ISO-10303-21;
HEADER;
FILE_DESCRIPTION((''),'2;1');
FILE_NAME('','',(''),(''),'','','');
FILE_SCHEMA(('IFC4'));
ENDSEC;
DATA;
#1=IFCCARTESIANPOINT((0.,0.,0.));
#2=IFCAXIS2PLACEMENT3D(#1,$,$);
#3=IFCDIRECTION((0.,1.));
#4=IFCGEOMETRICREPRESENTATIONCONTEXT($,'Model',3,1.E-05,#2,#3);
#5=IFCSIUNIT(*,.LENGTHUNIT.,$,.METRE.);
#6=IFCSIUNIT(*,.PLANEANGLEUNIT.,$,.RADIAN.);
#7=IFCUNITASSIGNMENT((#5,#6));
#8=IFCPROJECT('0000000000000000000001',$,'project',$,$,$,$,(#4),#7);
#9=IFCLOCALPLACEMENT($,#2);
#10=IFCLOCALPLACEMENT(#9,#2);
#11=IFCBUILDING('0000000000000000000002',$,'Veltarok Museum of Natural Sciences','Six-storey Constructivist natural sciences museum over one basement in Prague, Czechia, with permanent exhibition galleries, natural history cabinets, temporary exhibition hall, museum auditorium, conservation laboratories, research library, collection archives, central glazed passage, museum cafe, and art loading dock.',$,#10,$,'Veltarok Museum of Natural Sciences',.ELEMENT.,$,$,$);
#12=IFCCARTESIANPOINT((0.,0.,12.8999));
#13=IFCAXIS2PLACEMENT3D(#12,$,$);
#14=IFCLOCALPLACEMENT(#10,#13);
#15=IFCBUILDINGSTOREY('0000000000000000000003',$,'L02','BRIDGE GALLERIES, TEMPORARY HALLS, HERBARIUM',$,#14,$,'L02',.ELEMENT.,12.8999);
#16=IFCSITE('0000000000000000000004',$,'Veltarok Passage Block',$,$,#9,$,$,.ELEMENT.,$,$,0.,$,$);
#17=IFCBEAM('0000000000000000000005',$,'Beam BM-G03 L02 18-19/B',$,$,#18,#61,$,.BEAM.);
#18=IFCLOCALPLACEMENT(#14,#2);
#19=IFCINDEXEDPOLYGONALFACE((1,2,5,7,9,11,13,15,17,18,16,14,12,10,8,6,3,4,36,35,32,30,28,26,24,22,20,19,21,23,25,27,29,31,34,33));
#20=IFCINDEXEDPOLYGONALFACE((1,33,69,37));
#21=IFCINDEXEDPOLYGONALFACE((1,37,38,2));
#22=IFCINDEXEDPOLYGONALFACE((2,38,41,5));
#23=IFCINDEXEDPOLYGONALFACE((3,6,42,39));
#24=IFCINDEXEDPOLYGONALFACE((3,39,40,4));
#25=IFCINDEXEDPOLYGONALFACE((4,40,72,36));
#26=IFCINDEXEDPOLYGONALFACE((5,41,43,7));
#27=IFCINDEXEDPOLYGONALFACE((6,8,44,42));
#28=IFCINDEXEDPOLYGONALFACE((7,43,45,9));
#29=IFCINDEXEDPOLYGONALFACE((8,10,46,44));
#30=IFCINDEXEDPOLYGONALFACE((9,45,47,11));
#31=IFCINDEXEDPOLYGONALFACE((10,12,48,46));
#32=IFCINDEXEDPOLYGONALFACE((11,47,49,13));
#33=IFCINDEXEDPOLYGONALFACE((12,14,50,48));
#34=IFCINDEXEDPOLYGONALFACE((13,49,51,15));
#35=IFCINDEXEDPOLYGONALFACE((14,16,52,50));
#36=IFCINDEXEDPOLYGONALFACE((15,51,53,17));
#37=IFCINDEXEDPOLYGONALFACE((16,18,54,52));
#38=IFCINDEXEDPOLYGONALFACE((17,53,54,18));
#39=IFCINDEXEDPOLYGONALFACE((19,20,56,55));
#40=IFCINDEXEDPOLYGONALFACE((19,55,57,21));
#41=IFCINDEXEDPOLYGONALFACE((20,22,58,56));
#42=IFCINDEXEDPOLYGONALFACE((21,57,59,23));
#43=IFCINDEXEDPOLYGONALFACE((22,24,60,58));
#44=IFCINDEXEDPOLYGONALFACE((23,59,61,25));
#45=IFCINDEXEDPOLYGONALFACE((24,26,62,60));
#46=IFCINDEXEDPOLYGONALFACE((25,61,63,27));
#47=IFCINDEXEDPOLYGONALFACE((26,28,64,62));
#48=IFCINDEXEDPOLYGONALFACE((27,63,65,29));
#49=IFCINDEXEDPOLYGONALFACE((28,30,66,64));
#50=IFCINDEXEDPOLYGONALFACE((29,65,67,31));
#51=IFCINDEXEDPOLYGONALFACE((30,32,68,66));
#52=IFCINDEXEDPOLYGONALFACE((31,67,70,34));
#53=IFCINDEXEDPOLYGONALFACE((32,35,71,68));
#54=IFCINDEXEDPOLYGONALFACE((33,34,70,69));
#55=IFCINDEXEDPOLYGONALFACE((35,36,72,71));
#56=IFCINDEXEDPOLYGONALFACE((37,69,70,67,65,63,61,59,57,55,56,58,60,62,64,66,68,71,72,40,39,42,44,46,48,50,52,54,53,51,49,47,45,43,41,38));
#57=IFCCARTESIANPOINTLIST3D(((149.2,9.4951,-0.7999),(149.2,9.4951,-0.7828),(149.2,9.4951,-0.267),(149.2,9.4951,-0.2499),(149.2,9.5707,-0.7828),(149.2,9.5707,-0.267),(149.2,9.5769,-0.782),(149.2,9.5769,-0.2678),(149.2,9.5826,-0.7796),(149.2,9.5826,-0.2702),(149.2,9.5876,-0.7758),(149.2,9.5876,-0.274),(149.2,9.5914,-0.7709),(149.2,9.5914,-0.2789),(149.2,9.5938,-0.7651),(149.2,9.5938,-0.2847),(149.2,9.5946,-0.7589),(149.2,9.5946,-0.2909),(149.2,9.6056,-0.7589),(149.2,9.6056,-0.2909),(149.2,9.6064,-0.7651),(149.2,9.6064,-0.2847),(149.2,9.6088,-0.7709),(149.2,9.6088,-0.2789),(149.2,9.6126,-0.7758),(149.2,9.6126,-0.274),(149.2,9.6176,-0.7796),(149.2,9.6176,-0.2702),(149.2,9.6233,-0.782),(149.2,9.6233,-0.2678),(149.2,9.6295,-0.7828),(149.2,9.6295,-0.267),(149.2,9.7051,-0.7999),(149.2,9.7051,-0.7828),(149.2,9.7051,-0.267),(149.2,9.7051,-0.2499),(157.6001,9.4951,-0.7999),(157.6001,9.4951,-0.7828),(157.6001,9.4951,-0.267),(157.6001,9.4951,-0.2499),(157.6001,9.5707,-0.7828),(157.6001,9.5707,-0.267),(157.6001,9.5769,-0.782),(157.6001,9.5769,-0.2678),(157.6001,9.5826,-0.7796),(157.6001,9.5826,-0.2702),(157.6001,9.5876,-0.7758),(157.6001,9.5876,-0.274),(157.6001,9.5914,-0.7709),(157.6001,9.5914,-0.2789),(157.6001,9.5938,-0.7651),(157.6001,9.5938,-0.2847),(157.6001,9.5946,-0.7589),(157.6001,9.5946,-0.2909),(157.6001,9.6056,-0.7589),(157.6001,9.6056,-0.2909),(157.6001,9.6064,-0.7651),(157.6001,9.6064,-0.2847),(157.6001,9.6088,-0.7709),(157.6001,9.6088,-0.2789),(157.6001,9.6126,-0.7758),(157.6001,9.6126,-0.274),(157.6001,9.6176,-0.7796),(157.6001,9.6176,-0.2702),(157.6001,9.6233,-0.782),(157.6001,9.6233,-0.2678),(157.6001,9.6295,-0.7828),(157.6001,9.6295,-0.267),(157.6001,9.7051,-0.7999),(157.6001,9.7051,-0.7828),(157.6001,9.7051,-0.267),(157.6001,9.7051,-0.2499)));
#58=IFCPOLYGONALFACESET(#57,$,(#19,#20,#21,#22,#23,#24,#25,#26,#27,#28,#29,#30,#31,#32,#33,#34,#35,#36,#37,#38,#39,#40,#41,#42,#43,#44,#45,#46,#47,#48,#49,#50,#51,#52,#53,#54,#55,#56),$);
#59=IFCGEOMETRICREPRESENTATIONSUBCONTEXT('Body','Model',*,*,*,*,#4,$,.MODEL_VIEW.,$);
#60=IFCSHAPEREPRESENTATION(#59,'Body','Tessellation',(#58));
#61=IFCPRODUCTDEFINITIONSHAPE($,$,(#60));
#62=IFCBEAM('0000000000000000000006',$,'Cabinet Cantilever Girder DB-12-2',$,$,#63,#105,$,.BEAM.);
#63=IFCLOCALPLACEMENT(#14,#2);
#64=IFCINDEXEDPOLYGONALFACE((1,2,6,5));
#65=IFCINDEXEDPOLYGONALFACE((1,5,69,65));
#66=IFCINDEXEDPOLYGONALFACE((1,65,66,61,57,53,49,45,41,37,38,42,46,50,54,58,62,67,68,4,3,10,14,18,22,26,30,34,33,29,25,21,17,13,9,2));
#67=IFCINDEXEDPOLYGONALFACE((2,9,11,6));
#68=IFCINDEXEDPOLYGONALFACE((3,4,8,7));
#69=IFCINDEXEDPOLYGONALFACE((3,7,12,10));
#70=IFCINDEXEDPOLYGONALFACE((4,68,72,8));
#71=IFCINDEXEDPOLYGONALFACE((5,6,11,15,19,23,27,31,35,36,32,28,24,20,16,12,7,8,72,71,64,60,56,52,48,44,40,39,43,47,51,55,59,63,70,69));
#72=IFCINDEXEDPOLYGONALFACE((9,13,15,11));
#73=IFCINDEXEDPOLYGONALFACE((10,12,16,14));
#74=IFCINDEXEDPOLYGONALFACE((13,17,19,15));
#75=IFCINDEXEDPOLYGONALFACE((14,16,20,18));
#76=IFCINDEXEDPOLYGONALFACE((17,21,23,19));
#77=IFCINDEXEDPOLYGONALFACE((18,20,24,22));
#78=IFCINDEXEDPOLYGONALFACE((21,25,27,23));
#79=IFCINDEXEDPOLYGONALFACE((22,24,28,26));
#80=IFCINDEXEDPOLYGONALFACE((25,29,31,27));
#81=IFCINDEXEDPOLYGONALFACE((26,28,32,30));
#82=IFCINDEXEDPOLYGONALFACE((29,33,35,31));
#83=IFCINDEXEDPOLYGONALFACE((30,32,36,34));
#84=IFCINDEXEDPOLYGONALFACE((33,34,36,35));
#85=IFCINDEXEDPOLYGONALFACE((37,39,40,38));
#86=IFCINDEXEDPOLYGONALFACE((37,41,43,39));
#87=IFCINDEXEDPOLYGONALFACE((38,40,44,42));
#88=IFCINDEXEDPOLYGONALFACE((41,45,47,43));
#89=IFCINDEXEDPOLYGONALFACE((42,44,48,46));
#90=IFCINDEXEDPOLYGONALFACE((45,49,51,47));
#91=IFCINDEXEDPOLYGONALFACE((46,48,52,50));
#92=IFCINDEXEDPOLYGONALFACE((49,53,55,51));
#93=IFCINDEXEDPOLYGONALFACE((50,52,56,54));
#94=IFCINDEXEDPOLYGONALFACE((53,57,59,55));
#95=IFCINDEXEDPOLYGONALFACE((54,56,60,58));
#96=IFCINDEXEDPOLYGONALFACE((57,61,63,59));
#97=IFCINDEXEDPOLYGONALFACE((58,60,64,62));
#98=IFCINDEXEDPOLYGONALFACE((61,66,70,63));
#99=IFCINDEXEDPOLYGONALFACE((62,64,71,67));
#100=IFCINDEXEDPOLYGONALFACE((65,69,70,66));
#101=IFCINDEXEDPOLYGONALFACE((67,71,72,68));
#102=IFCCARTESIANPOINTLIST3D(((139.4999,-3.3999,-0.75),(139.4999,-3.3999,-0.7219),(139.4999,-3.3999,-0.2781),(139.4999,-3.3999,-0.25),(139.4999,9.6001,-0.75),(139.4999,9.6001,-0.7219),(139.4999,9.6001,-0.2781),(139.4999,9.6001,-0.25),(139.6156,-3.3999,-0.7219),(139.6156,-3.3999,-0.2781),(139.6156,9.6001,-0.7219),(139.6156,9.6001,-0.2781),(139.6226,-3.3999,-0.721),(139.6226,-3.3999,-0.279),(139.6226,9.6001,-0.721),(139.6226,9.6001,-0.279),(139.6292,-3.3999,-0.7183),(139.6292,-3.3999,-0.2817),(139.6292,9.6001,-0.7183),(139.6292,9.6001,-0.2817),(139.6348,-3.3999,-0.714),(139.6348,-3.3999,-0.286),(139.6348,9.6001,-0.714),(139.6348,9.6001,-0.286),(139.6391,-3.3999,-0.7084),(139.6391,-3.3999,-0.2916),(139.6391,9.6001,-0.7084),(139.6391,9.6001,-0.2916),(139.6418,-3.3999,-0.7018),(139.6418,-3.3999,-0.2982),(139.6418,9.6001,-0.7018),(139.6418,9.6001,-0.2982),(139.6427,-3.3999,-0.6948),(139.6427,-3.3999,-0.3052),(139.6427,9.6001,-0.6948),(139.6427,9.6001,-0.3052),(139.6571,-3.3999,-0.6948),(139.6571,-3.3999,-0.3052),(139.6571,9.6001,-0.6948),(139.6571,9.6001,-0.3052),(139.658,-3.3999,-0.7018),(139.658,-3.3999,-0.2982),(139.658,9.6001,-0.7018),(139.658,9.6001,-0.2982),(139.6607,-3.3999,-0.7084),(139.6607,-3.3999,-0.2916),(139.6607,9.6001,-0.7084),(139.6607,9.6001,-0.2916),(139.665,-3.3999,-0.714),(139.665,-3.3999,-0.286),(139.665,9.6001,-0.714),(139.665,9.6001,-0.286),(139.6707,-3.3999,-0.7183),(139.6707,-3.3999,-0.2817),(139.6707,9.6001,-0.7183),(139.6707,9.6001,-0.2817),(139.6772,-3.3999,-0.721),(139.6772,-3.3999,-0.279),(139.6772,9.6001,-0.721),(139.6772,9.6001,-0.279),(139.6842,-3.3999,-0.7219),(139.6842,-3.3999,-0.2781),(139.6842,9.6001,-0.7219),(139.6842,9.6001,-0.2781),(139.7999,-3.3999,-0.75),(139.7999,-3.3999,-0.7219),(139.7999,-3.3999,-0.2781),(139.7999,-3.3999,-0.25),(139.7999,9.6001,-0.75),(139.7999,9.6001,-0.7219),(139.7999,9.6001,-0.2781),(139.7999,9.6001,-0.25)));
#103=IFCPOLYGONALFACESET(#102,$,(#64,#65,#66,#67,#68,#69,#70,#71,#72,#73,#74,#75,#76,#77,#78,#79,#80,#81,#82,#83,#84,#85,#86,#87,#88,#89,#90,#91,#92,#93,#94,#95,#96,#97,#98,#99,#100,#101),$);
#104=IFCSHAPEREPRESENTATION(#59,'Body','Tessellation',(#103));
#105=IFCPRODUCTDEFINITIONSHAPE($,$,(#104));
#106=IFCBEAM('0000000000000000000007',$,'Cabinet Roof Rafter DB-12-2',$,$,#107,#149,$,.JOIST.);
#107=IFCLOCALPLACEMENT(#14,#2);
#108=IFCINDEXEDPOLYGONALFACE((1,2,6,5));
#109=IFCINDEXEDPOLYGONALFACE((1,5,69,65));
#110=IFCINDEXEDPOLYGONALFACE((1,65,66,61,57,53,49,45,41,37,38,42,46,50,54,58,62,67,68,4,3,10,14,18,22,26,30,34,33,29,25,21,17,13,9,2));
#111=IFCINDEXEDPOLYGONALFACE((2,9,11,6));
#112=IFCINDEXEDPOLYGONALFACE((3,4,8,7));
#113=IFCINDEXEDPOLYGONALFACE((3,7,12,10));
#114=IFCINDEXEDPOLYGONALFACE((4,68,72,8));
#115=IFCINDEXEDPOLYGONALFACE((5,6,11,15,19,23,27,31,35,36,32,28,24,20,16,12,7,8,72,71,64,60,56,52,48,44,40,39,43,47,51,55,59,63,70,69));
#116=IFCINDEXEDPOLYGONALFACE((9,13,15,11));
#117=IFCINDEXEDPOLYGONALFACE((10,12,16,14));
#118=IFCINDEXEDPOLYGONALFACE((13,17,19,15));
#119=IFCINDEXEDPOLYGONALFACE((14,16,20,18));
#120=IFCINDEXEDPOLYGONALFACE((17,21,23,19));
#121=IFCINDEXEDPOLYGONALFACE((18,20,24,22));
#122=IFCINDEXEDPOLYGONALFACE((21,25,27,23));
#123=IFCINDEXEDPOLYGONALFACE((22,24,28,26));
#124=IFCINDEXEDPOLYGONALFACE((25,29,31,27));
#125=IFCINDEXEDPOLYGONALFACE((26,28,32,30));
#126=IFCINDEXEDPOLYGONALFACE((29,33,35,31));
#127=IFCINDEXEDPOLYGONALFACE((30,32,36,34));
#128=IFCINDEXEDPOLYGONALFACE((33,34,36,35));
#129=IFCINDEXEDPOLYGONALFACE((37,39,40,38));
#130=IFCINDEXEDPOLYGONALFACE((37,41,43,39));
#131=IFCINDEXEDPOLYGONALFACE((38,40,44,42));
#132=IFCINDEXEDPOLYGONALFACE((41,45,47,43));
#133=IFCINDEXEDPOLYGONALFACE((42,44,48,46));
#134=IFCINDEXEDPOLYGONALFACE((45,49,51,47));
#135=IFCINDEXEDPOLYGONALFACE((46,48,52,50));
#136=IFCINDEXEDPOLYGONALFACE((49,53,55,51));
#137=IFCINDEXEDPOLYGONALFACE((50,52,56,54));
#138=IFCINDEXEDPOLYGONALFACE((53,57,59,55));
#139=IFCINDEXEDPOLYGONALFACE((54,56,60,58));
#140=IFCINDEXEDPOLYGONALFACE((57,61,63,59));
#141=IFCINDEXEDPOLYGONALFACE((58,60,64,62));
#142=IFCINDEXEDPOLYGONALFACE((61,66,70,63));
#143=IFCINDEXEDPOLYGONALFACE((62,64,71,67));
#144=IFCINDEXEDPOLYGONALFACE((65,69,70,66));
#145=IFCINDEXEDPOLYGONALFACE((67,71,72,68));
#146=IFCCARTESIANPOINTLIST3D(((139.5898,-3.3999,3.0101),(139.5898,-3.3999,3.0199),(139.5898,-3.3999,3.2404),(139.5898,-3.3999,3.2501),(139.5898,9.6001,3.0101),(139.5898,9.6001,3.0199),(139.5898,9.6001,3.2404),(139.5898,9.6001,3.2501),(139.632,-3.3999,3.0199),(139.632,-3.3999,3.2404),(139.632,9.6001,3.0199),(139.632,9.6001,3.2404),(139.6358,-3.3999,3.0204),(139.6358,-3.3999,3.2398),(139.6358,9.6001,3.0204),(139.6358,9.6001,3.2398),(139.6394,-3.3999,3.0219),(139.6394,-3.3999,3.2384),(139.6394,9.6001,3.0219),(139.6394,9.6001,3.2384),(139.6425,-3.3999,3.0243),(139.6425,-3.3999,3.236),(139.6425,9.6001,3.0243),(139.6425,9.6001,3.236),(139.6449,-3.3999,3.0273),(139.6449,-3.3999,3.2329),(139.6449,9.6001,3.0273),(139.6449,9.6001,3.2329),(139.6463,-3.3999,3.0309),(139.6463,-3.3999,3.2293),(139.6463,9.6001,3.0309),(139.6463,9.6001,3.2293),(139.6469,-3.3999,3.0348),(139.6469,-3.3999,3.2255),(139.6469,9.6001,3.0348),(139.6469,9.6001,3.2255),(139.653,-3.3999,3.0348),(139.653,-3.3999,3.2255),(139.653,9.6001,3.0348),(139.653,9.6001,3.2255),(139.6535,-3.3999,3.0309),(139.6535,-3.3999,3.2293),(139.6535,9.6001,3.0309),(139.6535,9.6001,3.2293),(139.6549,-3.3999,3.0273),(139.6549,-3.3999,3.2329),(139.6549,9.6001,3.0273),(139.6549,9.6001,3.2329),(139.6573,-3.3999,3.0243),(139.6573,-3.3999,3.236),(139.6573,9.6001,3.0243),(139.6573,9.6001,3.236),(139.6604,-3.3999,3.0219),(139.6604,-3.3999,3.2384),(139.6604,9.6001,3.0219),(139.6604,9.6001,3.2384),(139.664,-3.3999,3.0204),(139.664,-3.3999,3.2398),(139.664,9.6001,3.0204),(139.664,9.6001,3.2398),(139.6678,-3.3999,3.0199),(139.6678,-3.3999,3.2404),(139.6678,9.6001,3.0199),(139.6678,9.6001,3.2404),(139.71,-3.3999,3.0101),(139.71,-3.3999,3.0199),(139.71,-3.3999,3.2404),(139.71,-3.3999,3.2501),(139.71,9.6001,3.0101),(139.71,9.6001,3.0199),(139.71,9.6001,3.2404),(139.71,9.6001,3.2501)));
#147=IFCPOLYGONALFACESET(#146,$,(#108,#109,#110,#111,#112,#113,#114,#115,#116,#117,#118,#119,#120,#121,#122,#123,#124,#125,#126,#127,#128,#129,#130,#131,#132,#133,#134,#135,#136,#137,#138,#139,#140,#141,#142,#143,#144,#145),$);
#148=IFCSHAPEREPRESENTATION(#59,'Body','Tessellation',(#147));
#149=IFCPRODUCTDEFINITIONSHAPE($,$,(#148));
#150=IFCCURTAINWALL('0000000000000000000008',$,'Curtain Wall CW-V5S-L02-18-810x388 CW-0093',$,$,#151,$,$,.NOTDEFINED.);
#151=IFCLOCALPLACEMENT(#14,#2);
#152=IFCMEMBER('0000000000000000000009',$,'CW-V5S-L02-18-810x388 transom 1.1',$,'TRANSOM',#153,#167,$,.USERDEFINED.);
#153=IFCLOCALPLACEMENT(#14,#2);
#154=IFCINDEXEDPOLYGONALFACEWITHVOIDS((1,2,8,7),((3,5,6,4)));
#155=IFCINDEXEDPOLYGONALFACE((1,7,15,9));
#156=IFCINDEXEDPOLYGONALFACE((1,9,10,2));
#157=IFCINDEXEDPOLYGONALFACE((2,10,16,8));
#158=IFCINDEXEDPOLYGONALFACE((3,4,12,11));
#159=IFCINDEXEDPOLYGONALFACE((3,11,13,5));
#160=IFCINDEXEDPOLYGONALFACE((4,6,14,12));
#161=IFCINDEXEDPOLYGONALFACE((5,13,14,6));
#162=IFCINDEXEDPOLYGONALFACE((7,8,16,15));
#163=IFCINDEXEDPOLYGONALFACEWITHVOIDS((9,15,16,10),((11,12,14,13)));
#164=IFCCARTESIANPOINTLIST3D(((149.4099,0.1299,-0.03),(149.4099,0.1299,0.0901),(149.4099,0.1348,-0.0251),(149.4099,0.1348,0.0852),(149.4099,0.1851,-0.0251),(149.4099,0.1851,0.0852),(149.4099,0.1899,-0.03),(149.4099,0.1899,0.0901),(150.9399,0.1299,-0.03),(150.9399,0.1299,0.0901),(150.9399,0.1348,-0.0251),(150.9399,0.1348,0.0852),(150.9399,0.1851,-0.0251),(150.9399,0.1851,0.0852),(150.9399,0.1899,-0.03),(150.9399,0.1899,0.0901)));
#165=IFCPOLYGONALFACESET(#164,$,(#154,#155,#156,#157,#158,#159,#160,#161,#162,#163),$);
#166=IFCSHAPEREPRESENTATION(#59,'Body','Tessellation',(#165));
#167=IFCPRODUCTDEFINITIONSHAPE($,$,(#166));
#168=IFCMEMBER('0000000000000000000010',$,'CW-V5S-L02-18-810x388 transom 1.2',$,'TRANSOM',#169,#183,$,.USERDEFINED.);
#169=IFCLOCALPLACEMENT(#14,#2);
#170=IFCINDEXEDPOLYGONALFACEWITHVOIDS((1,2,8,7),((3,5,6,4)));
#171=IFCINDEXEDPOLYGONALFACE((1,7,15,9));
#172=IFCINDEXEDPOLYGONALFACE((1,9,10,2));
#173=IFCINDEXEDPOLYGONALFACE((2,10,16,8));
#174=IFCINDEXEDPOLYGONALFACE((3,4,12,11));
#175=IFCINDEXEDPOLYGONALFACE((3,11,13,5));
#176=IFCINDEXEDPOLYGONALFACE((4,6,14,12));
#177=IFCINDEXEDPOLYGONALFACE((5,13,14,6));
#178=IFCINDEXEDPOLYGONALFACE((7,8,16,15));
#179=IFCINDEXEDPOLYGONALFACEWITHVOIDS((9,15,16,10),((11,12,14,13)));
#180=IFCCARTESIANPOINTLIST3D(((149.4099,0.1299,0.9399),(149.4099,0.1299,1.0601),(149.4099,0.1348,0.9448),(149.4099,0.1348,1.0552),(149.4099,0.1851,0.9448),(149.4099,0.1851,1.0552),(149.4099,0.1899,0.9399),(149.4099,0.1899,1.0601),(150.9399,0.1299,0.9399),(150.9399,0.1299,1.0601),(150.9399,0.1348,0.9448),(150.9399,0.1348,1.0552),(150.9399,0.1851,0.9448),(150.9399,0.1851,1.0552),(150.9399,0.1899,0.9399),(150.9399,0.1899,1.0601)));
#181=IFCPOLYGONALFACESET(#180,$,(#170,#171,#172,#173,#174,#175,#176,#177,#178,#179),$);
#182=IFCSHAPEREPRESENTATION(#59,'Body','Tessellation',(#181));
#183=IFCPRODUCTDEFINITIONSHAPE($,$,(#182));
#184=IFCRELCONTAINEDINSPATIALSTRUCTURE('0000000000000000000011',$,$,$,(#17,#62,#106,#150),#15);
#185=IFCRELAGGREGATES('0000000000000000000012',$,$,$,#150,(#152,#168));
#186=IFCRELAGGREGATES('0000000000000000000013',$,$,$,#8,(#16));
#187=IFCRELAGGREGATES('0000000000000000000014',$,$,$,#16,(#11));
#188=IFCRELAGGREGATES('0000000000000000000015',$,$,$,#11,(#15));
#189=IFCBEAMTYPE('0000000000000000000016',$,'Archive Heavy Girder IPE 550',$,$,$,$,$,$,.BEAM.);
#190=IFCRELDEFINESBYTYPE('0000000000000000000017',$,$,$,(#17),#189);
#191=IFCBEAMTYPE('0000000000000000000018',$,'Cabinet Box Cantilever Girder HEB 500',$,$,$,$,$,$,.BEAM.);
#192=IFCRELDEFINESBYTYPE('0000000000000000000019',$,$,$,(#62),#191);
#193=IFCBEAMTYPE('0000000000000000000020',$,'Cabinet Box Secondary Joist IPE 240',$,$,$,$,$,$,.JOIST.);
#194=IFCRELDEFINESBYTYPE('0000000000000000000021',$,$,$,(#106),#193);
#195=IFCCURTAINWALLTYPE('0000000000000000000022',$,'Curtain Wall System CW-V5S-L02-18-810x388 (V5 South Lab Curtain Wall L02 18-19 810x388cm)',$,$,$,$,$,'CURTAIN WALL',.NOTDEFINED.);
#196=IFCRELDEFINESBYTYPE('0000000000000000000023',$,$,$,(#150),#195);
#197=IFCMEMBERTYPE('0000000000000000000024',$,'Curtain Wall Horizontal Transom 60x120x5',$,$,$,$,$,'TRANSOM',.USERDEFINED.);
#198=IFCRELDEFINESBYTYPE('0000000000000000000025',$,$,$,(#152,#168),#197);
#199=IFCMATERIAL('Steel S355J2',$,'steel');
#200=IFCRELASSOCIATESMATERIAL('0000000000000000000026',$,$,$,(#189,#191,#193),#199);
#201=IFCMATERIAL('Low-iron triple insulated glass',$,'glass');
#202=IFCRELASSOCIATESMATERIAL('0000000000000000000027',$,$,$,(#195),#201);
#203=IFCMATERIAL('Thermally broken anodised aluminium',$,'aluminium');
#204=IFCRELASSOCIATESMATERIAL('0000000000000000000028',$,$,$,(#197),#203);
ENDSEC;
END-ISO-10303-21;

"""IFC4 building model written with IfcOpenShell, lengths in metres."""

from ifc_helpers import new_model, si_unit, direction, frame, origin, origin_2d, place, context, subcontext, project, spatial, hollow_rectangle, i_section, extrude, material, material_profile, profile_set, type_object, element, aggregate, save


model = new_model("IFC4")

# Units and contexts
model_context = context("Model", 3, precision=1e-05, world=origin(), true_north=direction((0.0, 1.0)))
body_context = subcontext(model_context, "Body", "Model", "MODEL_VIEW")
ifc_project = project(units=[si_unit("LENGTHUNIT", "METRE"), si_unit("PLANEANGLEUNIT", "RADIAN")], contexts=[model_context])

# Site, building, storey
site_placement = place(None, origin())
site = spatial("IfcSite", under=ifc_project, at=site_placement, Name="Veltarok Passage Block", CompositionType="ELEMENT", RefElevation=0.0)
building_placement = place(site_placement, origin())
building = spatial("IfcBuilding", under=site, at=building_placement, Name="Veltarok Museum of Natural Sciences", Description="Six-storey Constructivist natural sciences museum over one basement in Prague, Czechia, with permanent exhibition galleries, natural history cabinets, temporary exhibition hall, museum auditorium, conservation laboratories, research library, collection archives, central glazed passage, museum cafe, and art loading dock.", LongName="Veltarok Museum of Natural Sciences", CompositionType="ELEMENT")
storey_placement = place(building_placement, frame((0.0, 0.0, 12.8999)))
storey = spatial("IfcBuildingStorey", under=building, at=storey_placement, Name="L02", Description="BRIDGE GALLERIES, TEMPORARY HALLS, HERBARIUM", LongName="L02", CompositionType="ELEMENT", Elevation=12.8999)

# Shared definitions
ifc_material_1 = material(Name="Steel S355J2", Category="steel")

# Beams
ifc_material_profile_1 = material_profile(ifc_material_1, i_section(OverallWidth=0.21, OverallDepth=0.55, WebThickness=0.011, FlangeThickness=0.0171, FilletRadius=0.0239, at=origin_2d()), Name="IPE 550")
ifc_profile_set_1 = profile_set([ifc_material_profile_1], Name="Steel S355J2")
beam_type_1 = type_object("IfcBeamType", Name="Archive Heavy Girder IPE 550", PredefinedType="BEAM", material=ifc_profile_set_1)
beam_1_placement = place(storey_placement, frame((149.2, 9.6001, -0.5249), z_axis=(1.0, 0.0, 0.0), x_axis=(0.0, 1.0, 0.0)))
element("IfcBeam", 1, at=beam_1_placement, inside=storey, type_object=beam_type_1, Name="Beam BM-G03 L02 18-19/B", PredefinedType="BEAM", context=body_context, shape_type="SweptSolid", body=[
    extrude(i_section(OverallWidth=0.21, OverallDepth=0.55, WebThickness=0.011, FlangeThickness=0.0171, FilletRadius=0.0239, at=origin_2d()), origin(), (0.0, 0.0, 1.0), 8.4001),
])
ifc_material_profile_2 = material_profile(ifc_material_1, i_section(OverallWidth=0.3, OverallDepth=0.5, WebThickness=0.0144, FlangeThickness=0.0281, FilletRadius=0.0271, at=origin_2d()), Name="HEB 500")
ifc_profile_set_2 = profile_set([ifc_material_profile_2], Name="Steel S355J2")
beam_type_2 = type_object("IfcBeamType", Name="Cabinet Box Cantilever Girder HEB 500", PredefinedType="BEAM", material=ifc_profile_set_2)
beam_2_placement = place(storey_placement, frame((139.6499, -3.3999, -0.5), z_axis=(0.0, 1.0, 0.0), x_axis=(-1.0, 0.0, 0.0)))
element("IfcBeam", 2, at=beam_2_placement, inside=storey, type_object=beam_type_2, Name="Cabinet Cantilever Girder DB-12-2", PredefinedType="BEAM", context=body_context, shape_type="SweptSolid", body=[
    extrude(i_section(OverallWidth=0.3, OverallDepth=0.5, WebThickness=0.0144, FlangeThickness=0.0281, FilletRadius=0.0271, at=origin_2d()), origin(), (0.0, 0.0, 1.0), 13.0),
])
ifc_material_profile_3 = material_profile(ifc_material_1, i_section(OverallWidth=0.1201, OverallDepth=0.24, WebThickness=0.0061, FlangeThickness=0.0098, FilletRadius=0.0149, at=origin_2d()), Name="IPE 240")
ifc_profile_set_3 = profile_set([ifc_material_profile_3], Name="Steel S355J2")
beam_type_3 = type_object("IfcBeamType", Name="Cabinet Box Secondary Joist IPE 240", PredefinedType="JOIST", material=ifc_profile_set_3)
beam_3_placement = place(storey_placement, frame((139.6499, -3.3999, 3.1301), z_axis=(0.0, 1.0, 0.0), x_axis=(-1.0, 0.0, 0.0)))
element("IfcBeam", 3, at=beam_3_placement, inside=storey, type_object=beam_type_3, Name="Cabinet Roof Rafter DB-12-2", PredefinedType="JOIST", context=body_context, shape_type="SweptSolid", body=[
    extrude(i_section(OverallWidth=0.1201, OverallDepth=0.24, WebThickness=0.0061, FlangeThickness=0.0098, FilletRadius=0.0149, at=origin_2d()), origin(), (0.0, 0.0, 1.0), 13.0),
])

# Curtain wall, members
ifc_material_2 = material(Name="Low-iron triple insulated glass", Category="glass")
curtain_wall_type = type_object("IfcCurtainWallType", Name="Curtain Wall System CW-V5S-L02-18-810x388 (V5 South Lab Curtain Wall L02 18-19 810x388cm)", ElementType="CURTAIN WALL", PredefinedType="NOTDEFINED", material=ifc_material_2)
curtain_wall_placement = place(storey_placement, origin())
curtain_wall = element("IfcCurtainWall", 4, at=curtain_wall_placement, inside=storey, type_object=curtain_wall_type, Name="Curtain Wall CW-V5S-L02-18-810x388 CW-0093", PredefinedType="NOTDEFINED")
ifc_material_3 = material(Name="Thermally broken anodised aluminium", Category="aluminium")
ifc_material_profile_4 = material_profile(ifc_material_3, hollow_rectangle(XDim=0.0601, YDim=0.1201, WallThickness=0.0049, at=origin_2d()), Name="CW TRANSOM 60x120x5")
ifc_profile_set_4 = profile_set([ifc_material_profile_4], Name="Thermally broken anodised aluminium")
member_type_1 = type_object("IfcMemberType", Name="Curtain Wall Horizontal Transom 60x120x5", ElementType="TRANSOM", PredefinedType="USERDEFINED", material=ifc_profile_set_4)
member_1_placement = place(storey_placement, frame((149.4099, 0.1599, 0.03), z_axis=(1.0, 0.0, 0.0), x_axis=(0.0, 1.0, 0.0)))
member_1 = element("IfcMember", 5, at=member_1_placement, type_object=member_type_1, Name="CW-V5S-L02-18-810x388 transom 1.1", ObjectType="TRANSOM", PredefinedType="USERDEFINED", context=body_context, shape_type="SweptSolid", body=[
    extrude(hollow_rectangle(XDim=0.0601, YDim=0.1201, WallThickness=0.0049, at=origin_2d()), origin(), (0.0, 0.0, 1.0), 1.53),
])
member_2_placement = place(storey_placement, frame((149.4099, 0.1599, 1.0), z_axis=(1.0, 0.0, 0.0), x_axis=(0.0, 1.0, 0.0)))
member_2 = element("IfcMember", 6, at=member_2_placement, type_object=member_type_1, Name="CW-V5S-L02-18-810x388 transom 1.2", ObjectType="TRANSOM", PredefinedType="USERDEFINED", context=body_context, shape_type="SweptSolid", body=[
    extrude(hollow_rectangle(XDim=0.0601, YDim=0.1201, WallThickness=0.0049, at=origin_2d()), origin(), (0.0, 0.0, 1.0), 1.53),
])

aggregate(curtain_wall, [member_1, member_2])

save(model, "model.ifc")
